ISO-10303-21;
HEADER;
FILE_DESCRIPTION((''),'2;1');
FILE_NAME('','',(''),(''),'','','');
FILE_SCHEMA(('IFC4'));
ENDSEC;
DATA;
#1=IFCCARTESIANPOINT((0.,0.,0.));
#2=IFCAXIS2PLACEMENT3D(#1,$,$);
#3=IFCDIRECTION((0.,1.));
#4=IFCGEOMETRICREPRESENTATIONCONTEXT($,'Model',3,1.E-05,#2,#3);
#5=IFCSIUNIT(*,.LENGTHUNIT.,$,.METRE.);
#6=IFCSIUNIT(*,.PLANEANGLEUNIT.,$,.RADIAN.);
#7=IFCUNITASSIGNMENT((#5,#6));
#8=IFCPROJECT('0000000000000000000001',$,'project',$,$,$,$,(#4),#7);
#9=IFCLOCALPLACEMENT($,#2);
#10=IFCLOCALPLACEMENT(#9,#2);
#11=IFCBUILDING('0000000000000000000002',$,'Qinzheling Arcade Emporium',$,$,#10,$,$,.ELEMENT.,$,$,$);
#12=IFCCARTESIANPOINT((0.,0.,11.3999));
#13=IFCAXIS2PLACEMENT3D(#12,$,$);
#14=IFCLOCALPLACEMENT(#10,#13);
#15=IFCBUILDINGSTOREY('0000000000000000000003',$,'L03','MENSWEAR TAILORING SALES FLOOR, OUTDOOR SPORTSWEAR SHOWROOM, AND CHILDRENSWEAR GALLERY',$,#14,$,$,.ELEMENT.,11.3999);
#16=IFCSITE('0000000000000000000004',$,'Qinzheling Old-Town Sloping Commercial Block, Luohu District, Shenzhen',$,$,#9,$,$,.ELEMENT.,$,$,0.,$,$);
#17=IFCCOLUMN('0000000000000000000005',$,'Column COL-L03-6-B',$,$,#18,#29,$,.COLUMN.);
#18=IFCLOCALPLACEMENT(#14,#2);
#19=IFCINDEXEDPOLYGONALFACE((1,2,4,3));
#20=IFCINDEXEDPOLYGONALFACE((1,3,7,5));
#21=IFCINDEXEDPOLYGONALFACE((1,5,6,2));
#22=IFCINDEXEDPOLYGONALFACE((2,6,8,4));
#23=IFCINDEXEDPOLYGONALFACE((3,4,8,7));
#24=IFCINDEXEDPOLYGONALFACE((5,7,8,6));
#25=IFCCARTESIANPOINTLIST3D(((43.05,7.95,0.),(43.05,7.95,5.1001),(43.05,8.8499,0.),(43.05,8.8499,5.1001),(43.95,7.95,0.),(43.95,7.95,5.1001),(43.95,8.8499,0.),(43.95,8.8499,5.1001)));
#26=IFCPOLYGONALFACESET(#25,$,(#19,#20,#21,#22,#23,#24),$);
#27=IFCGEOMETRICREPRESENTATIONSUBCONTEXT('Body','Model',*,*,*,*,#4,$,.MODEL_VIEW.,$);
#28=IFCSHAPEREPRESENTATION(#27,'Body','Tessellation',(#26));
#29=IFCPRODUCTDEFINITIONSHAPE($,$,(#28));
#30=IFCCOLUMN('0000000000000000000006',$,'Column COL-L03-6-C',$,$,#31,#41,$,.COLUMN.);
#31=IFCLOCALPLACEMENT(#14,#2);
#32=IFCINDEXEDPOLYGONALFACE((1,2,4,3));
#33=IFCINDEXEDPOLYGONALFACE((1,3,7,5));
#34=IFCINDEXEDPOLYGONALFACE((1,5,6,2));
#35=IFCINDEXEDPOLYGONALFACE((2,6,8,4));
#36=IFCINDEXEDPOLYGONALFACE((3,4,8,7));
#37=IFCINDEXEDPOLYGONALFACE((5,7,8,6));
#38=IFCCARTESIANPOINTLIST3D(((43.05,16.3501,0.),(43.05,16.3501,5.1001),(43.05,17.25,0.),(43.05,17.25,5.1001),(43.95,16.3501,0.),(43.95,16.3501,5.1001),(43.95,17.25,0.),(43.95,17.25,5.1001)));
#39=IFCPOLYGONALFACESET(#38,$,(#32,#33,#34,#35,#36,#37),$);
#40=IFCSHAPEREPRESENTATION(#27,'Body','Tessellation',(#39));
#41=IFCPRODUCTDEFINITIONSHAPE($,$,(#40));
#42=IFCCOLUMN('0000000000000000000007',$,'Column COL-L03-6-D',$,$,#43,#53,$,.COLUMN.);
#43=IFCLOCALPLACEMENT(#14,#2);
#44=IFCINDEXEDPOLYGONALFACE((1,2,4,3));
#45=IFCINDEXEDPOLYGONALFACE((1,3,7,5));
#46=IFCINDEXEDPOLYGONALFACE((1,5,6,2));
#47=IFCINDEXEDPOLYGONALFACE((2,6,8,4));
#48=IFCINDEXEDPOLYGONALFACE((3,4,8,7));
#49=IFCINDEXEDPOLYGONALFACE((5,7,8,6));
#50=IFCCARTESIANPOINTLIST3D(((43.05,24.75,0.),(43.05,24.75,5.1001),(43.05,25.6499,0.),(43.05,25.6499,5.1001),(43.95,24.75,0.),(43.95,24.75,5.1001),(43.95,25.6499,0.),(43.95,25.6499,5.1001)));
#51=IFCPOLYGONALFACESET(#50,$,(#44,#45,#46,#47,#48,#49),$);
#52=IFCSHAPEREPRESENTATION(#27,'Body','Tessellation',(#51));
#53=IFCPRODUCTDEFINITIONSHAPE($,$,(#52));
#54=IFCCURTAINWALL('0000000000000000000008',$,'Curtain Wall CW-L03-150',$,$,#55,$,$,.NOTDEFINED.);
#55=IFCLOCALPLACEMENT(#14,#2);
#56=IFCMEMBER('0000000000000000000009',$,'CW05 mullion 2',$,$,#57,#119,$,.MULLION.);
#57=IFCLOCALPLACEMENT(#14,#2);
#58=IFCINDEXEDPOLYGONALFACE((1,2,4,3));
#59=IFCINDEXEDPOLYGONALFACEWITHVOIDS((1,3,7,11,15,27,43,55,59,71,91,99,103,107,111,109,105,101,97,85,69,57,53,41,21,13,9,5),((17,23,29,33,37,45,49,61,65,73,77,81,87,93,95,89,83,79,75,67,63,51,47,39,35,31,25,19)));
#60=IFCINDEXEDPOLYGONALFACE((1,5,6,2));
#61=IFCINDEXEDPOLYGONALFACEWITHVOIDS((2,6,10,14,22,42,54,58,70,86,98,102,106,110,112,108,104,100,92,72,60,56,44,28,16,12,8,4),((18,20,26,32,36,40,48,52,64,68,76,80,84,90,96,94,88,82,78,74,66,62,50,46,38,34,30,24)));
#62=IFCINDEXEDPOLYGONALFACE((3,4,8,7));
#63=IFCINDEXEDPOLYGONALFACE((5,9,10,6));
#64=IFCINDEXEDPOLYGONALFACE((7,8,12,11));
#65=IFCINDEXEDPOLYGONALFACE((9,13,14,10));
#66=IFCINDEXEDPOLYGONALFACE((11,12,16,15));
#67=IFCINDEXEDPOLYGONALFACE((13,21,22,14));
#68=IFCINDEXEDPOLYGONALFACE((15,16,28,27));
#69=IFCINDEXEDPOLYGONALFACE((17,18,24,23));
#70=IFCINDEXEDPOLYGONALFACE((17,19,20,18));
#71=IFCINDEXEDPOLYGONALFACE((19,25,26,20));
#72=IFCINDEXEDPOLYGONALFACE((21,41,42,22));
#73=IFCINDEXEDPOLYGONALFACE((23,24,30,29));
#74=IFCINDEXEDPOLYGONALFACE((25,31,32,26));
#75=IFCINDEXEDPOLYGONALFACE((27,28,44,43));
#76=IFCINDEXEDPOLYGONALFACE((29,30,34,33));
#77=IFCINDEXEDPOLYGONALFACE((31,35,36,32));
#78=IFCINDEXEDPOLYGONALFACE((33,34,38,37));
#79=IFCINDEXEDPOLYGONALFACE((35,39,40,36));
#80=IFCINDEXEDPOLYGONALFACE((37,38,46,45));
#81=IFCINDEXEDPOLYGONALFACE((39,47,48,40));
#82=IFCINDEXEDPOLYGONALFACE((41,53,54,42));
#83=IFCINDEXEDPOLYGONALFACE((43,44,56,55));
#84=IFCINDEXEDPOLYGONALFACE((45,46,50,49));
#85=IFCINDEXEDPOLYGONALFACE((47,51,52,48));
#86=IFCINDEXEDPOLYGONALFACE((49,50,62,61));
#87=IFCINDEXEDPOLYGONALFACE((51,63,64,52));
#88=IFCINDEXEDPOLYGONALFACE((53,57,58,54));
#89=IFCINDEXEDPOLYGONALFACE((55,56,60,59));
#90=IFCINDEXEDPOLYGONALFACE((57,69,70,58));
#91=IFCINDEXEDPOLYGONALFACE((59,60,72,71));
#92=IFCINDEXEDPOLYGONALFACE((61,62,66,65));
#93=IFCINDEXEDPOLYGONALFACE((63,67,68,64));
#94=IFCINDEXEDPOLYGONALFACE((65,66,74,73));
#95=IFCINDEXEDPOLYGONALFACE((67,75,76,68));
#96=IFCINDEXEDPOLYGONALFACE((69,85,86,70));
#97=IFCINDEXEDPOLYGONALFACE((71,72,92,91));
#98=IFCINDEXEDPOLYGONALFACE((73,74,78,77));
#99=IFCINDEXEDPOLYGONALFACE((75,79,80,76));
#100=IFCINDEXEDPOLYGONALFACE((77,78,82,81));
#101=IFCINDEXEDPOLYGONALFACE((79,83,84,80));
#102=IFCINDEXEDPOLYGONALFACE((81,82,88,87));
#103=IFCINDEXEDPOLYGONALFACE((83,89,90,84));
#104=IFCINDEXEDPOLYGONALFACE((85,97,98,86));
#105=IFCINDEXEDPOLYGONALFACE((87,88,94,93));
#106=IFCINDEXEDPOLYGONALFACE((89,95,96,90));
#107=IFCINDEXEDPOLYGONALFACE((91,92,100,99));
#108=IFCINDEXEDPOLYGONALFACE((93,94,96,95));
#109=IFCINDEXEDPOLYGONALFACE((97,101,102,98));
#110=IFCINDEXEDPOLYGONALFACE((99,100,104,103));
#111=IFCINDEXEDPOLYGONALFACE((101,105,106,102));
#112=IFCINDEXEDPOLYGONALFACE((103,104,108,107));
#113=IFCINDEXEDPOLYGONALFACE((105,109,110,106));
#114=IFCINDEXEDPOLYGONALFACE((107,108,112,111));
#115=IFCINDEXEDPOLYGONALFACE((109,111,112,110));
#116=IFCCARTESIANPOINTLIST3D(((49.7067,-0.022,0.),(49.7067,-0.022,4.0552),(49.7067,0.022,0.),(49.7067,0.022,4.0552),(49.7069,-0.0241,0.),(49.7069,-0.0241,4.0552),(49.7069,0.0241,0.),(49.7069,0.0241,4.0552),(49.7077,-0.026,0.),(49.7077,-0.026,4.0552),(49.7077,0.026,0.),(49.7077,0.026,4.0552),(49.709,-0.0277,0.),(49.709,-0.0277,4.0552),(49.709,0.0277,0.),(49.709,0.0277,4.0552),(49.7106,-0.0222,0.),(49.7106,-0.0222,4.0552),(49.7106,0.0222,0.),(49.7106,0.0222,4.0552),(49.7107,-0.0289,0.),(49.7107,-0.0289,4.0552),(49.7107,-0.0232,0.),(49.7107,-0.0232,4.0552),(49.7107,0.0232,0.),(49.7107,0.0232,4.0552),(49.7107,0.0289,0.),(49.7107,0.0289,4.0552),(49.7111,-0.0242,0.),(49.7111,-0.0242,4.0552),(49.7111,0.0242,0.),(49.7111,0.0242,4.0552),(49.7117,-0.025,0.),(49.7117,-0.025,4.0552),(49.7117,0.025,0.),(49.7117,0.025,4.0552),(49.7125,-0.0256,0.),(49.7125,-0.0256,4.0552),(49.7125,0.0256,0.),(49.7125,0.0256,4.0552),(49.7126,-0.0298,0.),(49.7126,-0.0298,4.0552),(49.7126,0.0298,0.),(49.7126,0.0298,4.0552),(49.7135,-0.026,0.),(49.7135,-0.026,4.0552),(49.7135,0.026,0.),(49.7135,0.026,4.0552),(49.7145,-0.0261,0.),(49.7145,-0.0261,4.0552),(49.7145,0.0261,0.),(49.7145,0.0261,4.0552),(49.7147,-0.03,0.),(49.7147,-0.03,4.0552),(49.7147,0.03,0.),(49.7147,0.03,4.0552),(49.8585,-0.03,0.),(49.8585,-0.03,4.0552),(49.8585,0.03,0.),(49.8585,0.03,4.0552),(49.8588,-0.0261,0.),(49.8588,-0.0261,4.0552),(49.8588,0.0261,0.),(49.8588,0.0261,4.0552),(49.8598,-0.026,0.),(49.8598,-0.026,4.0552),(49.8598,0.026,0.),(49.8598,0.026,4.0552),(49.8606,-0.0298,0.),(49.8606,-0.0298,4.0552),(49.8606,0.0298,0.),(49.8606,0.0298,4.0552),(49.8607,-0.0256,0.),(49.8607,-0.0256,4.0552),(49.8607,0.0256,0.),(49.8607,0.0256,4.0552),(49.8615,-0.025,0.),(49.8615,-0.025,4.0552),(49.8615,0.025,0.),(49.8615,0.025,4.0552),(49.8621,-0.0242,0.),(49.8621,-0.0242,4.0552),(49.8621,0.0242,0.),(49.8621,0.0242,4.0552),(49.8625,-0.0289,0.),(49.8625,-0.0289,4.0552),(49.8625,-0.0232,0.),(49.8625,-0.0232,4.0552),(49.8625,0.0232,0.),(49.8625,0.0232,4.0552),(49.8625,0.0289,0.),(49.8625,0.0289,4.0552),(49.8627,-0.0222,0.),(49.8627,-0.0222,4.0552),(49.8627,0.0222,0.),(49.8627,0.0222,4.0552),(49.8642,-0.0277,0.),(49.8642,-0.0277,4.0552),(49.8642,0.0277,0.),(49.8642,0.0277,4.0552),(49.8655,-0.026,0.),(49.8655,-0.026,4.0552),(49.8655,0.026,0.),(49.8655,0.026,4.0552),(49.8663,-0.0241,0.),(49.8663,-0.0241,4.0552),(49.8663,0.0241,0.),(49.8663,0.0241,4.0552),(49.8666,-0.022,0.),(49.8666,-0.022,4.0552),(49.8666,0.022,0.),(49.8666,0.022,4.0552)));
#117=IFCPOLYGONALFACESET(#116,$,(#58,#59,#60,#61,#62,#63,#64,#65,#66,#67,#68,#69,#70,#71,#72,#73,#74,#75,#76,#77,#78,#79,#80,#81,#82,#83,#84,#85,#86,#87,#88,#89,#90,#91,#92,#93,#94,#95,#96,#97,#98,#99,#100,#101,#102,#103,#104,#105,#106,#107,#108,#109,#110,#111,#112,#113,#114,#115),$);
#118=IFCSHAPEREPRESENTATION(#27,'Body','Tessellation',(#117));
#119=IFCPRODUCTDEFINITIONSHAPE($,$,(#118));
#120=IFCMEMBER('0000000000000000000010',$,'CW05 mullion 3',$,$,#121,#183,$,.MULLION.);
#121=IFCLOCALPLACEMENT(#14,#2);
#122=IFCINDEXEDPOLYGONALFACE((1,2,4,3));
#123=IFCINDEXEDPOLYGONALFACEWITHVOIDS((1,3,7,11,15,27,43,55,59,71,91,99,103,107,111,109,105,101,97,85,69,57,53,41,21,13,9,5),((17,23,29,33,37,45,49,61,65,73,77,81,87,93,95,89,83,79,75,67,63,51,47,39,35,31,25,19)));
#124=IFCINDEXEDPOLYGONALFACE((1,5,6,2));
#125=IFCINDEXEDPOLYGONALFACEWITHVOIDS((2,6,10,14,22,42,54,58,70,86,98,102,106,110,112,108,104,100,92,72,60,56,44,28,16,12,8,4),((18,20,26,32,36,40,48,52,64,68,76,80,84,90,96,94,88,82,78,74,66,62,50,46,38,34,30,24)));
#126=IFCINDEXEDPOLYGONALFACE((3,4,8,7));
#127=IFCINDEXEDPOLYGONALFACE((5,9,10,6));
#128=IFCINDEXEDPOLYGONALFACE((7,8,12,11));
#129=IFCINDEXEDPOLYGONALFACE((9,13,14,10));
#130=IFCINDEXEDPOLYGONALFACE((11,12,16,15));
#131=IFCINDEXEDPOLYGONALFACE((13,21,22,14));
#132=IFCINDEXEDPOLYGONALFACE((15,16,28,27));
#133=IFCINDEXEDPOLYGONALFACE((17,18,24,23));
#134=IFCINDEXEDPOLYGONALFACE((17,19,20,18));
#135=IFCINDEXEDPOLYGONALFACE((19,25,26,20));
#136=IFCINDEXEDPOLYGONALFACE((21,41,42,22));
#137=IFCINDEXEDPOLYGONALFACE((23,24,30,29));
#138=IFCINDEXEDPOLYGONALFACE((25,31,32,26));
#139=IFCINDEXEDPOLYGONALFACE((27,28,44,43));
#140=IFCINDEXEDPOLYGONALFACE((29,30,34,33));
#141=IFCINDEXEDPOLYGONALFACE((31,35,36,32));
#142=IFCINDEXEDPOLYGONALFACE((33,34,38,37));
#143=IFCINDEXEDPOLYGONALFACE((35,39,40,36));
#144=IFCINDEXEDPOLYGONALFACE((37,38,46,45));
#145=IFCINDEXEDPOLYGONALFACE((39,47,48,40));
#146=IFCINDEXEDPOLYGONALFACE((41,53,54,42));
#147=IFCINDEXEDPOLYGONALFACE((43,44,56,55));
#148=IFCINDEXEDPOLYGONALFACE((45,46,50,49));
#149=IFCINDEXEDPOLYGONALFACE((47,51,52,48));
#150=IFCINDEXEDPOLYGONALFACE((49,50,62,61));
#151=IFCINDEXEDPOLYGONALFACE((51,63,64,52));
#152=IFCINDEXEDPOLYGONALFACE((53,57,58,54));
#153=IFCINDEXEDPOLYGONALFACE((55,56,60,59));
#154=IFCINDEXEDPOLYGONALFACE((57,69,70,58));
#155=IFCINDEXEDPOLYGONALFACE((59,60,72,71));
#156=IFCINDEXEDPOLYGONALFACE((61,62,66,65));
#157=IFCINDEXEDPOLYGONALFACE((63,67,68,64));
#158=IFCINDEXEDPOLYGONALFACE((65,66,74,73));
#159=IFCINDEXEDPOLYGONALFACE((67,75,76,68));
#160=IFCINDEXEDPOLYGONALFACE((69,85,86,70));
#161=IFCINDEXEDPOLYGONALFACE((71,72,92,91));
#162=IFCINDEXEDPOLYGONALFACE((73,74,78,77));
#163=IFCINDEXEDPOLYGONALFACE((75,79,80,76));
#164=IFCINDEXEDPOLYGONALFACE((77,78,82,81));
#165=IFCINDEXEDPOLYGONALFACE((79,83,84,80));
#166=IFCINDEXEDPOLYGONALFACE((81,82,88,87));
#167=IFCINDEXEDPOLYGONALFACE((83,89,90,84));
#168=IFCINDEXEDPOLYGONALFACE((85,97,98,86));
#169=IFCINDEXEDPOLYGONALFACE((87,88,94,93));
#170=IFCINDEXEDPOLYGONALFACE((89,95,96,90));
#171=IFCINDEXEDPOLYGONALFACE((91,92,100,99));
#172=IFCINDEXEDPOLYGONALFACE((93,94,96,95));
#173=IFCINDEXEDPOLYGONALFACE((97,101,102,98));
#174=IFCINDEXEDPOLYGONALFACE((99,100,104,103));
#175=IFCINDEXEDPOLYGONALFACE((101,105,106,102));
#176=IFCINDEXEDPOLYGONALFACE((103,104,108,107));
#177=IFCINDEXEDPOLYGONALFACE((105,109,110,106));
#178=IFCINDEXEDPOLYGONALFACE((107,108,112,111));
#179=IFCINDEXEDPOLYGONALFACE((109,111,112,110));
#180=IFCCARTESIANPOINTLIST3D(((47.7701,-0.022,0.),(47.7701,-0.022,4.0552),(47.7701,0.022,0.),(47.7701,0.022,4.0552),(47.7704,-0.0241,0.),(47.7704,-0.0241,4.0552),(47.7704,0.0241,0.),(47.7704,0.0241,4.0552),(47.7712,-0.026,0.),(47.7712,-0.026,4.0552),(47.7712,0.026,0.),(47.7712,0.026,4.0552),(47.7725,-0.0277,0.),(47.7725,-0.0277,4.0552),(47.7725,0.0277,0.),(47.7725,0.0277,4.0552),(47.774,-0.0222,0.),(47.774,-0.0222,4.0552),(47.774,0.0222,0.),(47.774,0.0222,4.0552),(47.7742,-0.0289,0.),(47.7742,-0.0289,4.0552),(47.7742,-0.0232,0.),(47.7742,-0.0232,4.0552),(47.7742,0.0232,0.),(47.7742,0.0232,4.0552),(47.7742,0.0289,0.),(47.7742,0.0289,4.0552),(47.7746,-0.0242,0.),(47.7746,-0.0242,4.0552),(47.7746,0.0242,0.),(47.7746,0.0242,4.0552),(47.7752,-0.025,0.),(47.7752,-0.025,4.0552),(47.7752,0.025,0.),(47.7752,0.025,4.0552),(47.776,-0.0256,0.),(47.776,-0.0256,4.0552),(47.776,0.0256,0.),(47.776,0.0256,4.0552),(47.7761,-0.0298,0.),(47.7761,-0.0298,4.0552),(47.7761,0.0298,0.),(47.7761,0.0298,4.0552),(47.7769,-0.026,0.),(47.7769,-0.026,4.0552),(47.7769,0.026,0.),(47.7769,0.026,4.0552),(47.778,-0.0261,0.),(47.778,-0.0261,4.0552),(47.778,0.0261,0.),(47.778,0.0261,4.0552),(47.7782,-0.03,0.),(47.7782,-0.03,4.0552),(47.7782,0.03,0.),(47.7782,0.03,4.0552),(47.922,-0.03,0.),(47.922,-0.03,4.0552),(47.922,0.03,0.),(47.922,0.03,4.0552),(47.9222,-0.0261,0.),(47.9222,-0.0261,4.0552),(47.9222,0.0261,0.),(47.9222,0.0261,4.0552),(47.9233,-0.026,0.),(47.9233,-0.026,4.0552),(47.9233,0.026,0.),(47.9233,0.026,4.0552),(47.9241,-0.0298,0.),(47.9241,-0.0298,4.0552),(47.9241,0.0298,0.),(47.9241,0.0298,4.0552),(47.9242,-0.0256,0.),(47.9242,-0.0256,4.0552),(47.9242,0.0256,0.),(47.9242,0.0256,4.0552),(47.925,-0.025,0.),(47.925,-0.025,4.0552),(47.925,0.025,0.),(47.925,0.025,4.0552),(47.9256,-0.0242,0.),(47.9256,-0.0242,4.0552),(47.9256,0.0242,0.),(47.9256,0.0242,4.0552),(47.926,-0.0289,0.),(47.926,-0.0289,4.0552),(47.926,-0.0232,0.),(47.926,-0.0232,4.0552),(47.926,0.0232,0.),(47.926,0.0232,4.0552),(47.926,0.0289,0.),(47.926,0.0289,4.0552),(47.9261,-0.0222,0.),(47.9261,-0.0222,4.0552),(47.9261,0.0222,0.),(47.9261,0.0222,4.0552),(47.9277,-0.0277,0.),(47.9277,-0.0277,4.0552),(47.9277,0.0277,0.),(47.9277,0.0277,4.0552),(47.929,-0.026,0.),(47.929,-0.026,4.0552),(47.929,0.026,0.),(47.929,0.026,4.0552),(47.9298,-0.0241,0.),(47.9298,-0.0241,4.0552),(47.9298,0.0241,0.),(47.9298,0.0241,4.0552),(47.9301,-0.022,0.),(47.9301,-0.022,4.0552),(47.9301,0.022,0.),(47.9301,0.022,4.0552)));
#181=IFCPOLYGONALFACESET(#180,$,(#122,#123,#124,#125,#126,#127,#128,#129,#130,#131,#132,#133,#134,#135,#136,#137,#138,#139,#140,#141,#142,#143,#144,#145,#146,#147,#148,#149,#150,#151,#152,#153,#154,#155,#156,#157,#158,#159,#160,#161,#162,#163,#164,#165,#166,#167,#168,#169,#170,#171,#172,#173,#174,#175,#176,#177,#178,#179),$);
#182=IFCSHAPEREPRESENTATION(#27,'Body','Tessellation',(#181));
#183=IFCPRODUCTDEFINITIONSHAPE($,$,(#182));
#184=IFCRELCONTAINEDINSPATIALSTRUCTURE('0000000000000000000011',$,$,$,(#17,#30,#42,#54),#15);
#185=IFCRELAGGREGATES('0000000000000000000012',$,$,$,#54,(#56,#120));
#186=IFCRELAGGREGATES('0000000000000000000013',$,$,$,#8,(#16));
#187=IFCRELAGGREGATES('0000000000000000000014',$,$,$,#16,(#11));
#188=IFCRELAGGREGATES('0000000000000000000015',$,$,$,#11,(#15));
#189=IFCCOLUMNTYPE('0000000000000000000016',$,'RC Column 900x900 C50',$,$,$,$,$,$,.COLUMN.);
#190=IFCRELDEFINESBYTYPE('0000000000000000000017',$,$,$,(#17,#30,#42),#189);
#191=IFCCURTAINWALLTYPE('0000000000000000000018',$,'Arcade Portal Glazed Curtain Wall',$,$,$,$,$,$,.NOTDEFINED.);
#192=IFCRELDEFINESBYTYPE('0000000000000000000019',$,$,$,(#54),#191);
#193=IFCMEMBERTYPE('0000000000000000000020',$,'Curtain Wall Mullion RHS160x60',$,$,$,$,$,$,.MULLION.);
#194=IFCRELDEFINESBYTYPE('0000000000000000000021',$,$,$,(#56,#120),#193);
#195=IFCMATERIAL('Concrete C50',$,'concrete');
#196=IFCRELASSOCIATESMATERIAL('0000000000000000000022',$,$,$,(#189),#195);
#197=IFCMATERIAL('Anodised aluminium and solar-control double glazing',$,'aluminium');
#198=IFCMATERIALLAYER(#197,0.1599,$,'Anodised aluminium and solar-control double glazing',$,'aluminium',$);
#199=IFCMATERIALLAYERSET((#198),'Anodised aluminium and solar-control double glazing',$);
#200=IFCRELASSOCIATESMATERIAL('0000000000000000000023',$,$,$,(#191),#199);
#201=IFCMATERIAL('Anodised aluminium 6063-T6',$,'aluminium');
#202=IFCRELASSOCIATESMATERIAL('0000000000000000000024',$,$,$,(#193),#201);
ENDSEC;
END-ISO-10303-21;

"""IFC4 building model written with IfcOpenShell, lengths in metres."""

from ifc_helpers import new_model, si_unit, direction, frame, origin, origin_2d, place, context, subcontext, project, spatial, rectangle, hollow_rectangle, extrude, material, layer, layer_set, material_profile, profile_set, type_object, element, aggregate, save


model = new_model("IFC4")

# Units and contexts
model_context = context("Model", 3, precision=1e-05, world=origin(), true_north=direction((0.0, 1.0)))
body_context = subcontext(model_context, "Body", "Model", "MODEL_VIEW")
ifc_project = project(units=[si_unit("LENGTHUNIT", "METRE"), si_unit("PLANEANGLEUNIT", "RADIAN")], contexts=[model_context])

# Site, building, storey
site_placement = place(None, origin())
site = spatial("IfcSite", under=ifc_project, at=site_placement, Name="Qinzheling Old-Town Sloping Commercial Block, Luohu District, Shenzhen", CompositionType="ELEMENT", RefElevation=0.0)
building_placement = place(site_placement, origin())
building = spatial("IfcBuilding", under=site, at=building_placement, Name="Qinzheling Arcade Emporium", CompositionType="ELEMENT")
storey_placement = place(building_placement, frame((0.0, 0.0, 11.3999)))
storey = spatial("IfcBuildingStorey", under=building, at=storey_placement, Name="L03", Description="MENSWEAR TAILORING SALES FLOOR, OUTDOOR SPORTSWEAR SHOWROOM, AND CHILDRENSWEAR GALLERY", CompositionType="ELEMENT", Elevation=11.3999)

# Columns
ifc_material_1 = material(Name="Concrete C50", Category="concrete")
ifc_material_profile_1 = material_profile(ifc_material_1, rectangle(XDim=0.8999, YDim=0.8999, at=origin_2d()), Name="RC 900x900", Category="concrete")
ifc_profile_set_1 = profile_set([ifc_material_profile_1], Name="Concrete C50")
column_type = type_object("IfcColumnType", Name="RC Column 900x900 C50", PredefinedType="COLUMN", material=ifc_profile_set_1)
for number, where, z_axis, x_axis, name in (
    (1, (43.5, 8.3999, 0.0), (0.0, 0.0, 1.0), (1.0, 0.0, 0.0), "Column COL-L03-6-B"),
    (2, (43.5, 16.8, 0.0), (0.0, 0.0, 1.0), (1.0, 0.0, 0.0), "Column COL-L03-6-C"),
    (3, (43.5, 25.2, 0.0), (0.0, 0.0, 1.0), (1.0, 0.0, 0.0), "Column COL-L03-6-D"),
):
    element("IfcColumn", number, at=place(storey_placement, frame(where, z_axis=z_axis, x_axis=x_axis)), inside=storey, type_object=column_type, Name=name, PredefinedType="COLUMN", context=body_context, shape_type="SweptSolid", body=[
        extrude(rectangle(XDim=0.8999, YDim=0.8999, at=origin_2d()), origin(), (0.0, 0.0, 1.0), 5.1001),
    ])

# Curtain wall, members
ifc_material_2 = material(Name="Anodised aluminium and solar-control double glazing", Category="aluminium")
ifc_layer_1 = layer(ifc_material_2, 0.1599, Name="Anodised aluminium and solar-control double glazing", Category="aluminium")
ifc_layer_set_1 = layer_set([ifc_layer_1], Name="Anodised aluminium and solar-control double glazing")
curtain_wall_type = type_object("IfcCurtainWallType", Name="Arcade Portal Glazed Curtain Wall", PredefinedType="NOTDEFINED", material=ifc_layer_set_1)
curtain_wall_placement = place(storey_placement, origin())
curtain_wall = element("IfcCurtainWall", 4, at=curtain_wall_placement, inside=storey, type_object=curtain_wall_type, Name="Curtain Wall CW-L03-150", PredefinedType="NOTDEFINED")
ifc_material_3 = material(Name="Anodised aluminium 6063-T6", Category="aluminium")
ifc_material_profile_2 = material_profile(ifc_material_3, hollow_rectangle(XDim=0.0601, YDim=0.1599, WallThickness=0.0039, InnerFilletRadius=0.0039, OuterFilletRadius=0.0081, at=origin_2d()), Name="RHS 160x60x4", Category="aluminium")
ifc_profile_set_2 = profile_set([ifc_material_profile_2], Name="Anodised aluminium 6063-T6")
member_type_1 = type_object("IfcMemberType", Name="Curtain Wall Mullion RHS160x60", PredefinedType="MULLION", material=ifc_profile_set_2)
member_1_placement = place(storey_placement, frame((49.7866, 0.0, 0.0), z_axis=(0.0, 0.0, 1.0), x_axis=(0.0, -1.0, 0.0)))
member_1 = element("IfcMember", 5, at=member_1_placement, type_object=member_type_1, Name="CW05 mullion 2", PredefinedType="MULLION", context=body_context, shape_type="SweptSolid", body=[
    extrude(hollow_rectangle(XDim=0.0601, YDim=0.1599, WallThickness=0.0039, InnerFilletRadius=0.0039, OuterFilletRadius=0.0081, at=origin_2d()), origin(), (0.0, 0.0, 1.0), 4.0552),
])
member_2_placement = place(storey_placement, frame((47.8501, 0.0, 0.0), z_axis=(0.0, 0.0, 1.0), x_axis=(0.0, -1.0, 0.0)))
member_2 = element("IfcMember", 6, at=member_2_placement, type_object=member_type_1, Name="CW05 mullion 3", PredefinedType="MULLION", context=body_context, shape_type="SweptSolid", body=[
    extrude(hollow_rectangle(XDim=0.0601, YDim=0.1599, WallThickness=0.0039, InnerFilletRadius=0.0039, OuterFilletRadius=0.0081, at=origin_2d()), origin(), (0.0, 0.0, 1.0), 4.0552),
])

aggregate(curtain_wall, [member_1, member_2])

save(model, "model.ifc")
